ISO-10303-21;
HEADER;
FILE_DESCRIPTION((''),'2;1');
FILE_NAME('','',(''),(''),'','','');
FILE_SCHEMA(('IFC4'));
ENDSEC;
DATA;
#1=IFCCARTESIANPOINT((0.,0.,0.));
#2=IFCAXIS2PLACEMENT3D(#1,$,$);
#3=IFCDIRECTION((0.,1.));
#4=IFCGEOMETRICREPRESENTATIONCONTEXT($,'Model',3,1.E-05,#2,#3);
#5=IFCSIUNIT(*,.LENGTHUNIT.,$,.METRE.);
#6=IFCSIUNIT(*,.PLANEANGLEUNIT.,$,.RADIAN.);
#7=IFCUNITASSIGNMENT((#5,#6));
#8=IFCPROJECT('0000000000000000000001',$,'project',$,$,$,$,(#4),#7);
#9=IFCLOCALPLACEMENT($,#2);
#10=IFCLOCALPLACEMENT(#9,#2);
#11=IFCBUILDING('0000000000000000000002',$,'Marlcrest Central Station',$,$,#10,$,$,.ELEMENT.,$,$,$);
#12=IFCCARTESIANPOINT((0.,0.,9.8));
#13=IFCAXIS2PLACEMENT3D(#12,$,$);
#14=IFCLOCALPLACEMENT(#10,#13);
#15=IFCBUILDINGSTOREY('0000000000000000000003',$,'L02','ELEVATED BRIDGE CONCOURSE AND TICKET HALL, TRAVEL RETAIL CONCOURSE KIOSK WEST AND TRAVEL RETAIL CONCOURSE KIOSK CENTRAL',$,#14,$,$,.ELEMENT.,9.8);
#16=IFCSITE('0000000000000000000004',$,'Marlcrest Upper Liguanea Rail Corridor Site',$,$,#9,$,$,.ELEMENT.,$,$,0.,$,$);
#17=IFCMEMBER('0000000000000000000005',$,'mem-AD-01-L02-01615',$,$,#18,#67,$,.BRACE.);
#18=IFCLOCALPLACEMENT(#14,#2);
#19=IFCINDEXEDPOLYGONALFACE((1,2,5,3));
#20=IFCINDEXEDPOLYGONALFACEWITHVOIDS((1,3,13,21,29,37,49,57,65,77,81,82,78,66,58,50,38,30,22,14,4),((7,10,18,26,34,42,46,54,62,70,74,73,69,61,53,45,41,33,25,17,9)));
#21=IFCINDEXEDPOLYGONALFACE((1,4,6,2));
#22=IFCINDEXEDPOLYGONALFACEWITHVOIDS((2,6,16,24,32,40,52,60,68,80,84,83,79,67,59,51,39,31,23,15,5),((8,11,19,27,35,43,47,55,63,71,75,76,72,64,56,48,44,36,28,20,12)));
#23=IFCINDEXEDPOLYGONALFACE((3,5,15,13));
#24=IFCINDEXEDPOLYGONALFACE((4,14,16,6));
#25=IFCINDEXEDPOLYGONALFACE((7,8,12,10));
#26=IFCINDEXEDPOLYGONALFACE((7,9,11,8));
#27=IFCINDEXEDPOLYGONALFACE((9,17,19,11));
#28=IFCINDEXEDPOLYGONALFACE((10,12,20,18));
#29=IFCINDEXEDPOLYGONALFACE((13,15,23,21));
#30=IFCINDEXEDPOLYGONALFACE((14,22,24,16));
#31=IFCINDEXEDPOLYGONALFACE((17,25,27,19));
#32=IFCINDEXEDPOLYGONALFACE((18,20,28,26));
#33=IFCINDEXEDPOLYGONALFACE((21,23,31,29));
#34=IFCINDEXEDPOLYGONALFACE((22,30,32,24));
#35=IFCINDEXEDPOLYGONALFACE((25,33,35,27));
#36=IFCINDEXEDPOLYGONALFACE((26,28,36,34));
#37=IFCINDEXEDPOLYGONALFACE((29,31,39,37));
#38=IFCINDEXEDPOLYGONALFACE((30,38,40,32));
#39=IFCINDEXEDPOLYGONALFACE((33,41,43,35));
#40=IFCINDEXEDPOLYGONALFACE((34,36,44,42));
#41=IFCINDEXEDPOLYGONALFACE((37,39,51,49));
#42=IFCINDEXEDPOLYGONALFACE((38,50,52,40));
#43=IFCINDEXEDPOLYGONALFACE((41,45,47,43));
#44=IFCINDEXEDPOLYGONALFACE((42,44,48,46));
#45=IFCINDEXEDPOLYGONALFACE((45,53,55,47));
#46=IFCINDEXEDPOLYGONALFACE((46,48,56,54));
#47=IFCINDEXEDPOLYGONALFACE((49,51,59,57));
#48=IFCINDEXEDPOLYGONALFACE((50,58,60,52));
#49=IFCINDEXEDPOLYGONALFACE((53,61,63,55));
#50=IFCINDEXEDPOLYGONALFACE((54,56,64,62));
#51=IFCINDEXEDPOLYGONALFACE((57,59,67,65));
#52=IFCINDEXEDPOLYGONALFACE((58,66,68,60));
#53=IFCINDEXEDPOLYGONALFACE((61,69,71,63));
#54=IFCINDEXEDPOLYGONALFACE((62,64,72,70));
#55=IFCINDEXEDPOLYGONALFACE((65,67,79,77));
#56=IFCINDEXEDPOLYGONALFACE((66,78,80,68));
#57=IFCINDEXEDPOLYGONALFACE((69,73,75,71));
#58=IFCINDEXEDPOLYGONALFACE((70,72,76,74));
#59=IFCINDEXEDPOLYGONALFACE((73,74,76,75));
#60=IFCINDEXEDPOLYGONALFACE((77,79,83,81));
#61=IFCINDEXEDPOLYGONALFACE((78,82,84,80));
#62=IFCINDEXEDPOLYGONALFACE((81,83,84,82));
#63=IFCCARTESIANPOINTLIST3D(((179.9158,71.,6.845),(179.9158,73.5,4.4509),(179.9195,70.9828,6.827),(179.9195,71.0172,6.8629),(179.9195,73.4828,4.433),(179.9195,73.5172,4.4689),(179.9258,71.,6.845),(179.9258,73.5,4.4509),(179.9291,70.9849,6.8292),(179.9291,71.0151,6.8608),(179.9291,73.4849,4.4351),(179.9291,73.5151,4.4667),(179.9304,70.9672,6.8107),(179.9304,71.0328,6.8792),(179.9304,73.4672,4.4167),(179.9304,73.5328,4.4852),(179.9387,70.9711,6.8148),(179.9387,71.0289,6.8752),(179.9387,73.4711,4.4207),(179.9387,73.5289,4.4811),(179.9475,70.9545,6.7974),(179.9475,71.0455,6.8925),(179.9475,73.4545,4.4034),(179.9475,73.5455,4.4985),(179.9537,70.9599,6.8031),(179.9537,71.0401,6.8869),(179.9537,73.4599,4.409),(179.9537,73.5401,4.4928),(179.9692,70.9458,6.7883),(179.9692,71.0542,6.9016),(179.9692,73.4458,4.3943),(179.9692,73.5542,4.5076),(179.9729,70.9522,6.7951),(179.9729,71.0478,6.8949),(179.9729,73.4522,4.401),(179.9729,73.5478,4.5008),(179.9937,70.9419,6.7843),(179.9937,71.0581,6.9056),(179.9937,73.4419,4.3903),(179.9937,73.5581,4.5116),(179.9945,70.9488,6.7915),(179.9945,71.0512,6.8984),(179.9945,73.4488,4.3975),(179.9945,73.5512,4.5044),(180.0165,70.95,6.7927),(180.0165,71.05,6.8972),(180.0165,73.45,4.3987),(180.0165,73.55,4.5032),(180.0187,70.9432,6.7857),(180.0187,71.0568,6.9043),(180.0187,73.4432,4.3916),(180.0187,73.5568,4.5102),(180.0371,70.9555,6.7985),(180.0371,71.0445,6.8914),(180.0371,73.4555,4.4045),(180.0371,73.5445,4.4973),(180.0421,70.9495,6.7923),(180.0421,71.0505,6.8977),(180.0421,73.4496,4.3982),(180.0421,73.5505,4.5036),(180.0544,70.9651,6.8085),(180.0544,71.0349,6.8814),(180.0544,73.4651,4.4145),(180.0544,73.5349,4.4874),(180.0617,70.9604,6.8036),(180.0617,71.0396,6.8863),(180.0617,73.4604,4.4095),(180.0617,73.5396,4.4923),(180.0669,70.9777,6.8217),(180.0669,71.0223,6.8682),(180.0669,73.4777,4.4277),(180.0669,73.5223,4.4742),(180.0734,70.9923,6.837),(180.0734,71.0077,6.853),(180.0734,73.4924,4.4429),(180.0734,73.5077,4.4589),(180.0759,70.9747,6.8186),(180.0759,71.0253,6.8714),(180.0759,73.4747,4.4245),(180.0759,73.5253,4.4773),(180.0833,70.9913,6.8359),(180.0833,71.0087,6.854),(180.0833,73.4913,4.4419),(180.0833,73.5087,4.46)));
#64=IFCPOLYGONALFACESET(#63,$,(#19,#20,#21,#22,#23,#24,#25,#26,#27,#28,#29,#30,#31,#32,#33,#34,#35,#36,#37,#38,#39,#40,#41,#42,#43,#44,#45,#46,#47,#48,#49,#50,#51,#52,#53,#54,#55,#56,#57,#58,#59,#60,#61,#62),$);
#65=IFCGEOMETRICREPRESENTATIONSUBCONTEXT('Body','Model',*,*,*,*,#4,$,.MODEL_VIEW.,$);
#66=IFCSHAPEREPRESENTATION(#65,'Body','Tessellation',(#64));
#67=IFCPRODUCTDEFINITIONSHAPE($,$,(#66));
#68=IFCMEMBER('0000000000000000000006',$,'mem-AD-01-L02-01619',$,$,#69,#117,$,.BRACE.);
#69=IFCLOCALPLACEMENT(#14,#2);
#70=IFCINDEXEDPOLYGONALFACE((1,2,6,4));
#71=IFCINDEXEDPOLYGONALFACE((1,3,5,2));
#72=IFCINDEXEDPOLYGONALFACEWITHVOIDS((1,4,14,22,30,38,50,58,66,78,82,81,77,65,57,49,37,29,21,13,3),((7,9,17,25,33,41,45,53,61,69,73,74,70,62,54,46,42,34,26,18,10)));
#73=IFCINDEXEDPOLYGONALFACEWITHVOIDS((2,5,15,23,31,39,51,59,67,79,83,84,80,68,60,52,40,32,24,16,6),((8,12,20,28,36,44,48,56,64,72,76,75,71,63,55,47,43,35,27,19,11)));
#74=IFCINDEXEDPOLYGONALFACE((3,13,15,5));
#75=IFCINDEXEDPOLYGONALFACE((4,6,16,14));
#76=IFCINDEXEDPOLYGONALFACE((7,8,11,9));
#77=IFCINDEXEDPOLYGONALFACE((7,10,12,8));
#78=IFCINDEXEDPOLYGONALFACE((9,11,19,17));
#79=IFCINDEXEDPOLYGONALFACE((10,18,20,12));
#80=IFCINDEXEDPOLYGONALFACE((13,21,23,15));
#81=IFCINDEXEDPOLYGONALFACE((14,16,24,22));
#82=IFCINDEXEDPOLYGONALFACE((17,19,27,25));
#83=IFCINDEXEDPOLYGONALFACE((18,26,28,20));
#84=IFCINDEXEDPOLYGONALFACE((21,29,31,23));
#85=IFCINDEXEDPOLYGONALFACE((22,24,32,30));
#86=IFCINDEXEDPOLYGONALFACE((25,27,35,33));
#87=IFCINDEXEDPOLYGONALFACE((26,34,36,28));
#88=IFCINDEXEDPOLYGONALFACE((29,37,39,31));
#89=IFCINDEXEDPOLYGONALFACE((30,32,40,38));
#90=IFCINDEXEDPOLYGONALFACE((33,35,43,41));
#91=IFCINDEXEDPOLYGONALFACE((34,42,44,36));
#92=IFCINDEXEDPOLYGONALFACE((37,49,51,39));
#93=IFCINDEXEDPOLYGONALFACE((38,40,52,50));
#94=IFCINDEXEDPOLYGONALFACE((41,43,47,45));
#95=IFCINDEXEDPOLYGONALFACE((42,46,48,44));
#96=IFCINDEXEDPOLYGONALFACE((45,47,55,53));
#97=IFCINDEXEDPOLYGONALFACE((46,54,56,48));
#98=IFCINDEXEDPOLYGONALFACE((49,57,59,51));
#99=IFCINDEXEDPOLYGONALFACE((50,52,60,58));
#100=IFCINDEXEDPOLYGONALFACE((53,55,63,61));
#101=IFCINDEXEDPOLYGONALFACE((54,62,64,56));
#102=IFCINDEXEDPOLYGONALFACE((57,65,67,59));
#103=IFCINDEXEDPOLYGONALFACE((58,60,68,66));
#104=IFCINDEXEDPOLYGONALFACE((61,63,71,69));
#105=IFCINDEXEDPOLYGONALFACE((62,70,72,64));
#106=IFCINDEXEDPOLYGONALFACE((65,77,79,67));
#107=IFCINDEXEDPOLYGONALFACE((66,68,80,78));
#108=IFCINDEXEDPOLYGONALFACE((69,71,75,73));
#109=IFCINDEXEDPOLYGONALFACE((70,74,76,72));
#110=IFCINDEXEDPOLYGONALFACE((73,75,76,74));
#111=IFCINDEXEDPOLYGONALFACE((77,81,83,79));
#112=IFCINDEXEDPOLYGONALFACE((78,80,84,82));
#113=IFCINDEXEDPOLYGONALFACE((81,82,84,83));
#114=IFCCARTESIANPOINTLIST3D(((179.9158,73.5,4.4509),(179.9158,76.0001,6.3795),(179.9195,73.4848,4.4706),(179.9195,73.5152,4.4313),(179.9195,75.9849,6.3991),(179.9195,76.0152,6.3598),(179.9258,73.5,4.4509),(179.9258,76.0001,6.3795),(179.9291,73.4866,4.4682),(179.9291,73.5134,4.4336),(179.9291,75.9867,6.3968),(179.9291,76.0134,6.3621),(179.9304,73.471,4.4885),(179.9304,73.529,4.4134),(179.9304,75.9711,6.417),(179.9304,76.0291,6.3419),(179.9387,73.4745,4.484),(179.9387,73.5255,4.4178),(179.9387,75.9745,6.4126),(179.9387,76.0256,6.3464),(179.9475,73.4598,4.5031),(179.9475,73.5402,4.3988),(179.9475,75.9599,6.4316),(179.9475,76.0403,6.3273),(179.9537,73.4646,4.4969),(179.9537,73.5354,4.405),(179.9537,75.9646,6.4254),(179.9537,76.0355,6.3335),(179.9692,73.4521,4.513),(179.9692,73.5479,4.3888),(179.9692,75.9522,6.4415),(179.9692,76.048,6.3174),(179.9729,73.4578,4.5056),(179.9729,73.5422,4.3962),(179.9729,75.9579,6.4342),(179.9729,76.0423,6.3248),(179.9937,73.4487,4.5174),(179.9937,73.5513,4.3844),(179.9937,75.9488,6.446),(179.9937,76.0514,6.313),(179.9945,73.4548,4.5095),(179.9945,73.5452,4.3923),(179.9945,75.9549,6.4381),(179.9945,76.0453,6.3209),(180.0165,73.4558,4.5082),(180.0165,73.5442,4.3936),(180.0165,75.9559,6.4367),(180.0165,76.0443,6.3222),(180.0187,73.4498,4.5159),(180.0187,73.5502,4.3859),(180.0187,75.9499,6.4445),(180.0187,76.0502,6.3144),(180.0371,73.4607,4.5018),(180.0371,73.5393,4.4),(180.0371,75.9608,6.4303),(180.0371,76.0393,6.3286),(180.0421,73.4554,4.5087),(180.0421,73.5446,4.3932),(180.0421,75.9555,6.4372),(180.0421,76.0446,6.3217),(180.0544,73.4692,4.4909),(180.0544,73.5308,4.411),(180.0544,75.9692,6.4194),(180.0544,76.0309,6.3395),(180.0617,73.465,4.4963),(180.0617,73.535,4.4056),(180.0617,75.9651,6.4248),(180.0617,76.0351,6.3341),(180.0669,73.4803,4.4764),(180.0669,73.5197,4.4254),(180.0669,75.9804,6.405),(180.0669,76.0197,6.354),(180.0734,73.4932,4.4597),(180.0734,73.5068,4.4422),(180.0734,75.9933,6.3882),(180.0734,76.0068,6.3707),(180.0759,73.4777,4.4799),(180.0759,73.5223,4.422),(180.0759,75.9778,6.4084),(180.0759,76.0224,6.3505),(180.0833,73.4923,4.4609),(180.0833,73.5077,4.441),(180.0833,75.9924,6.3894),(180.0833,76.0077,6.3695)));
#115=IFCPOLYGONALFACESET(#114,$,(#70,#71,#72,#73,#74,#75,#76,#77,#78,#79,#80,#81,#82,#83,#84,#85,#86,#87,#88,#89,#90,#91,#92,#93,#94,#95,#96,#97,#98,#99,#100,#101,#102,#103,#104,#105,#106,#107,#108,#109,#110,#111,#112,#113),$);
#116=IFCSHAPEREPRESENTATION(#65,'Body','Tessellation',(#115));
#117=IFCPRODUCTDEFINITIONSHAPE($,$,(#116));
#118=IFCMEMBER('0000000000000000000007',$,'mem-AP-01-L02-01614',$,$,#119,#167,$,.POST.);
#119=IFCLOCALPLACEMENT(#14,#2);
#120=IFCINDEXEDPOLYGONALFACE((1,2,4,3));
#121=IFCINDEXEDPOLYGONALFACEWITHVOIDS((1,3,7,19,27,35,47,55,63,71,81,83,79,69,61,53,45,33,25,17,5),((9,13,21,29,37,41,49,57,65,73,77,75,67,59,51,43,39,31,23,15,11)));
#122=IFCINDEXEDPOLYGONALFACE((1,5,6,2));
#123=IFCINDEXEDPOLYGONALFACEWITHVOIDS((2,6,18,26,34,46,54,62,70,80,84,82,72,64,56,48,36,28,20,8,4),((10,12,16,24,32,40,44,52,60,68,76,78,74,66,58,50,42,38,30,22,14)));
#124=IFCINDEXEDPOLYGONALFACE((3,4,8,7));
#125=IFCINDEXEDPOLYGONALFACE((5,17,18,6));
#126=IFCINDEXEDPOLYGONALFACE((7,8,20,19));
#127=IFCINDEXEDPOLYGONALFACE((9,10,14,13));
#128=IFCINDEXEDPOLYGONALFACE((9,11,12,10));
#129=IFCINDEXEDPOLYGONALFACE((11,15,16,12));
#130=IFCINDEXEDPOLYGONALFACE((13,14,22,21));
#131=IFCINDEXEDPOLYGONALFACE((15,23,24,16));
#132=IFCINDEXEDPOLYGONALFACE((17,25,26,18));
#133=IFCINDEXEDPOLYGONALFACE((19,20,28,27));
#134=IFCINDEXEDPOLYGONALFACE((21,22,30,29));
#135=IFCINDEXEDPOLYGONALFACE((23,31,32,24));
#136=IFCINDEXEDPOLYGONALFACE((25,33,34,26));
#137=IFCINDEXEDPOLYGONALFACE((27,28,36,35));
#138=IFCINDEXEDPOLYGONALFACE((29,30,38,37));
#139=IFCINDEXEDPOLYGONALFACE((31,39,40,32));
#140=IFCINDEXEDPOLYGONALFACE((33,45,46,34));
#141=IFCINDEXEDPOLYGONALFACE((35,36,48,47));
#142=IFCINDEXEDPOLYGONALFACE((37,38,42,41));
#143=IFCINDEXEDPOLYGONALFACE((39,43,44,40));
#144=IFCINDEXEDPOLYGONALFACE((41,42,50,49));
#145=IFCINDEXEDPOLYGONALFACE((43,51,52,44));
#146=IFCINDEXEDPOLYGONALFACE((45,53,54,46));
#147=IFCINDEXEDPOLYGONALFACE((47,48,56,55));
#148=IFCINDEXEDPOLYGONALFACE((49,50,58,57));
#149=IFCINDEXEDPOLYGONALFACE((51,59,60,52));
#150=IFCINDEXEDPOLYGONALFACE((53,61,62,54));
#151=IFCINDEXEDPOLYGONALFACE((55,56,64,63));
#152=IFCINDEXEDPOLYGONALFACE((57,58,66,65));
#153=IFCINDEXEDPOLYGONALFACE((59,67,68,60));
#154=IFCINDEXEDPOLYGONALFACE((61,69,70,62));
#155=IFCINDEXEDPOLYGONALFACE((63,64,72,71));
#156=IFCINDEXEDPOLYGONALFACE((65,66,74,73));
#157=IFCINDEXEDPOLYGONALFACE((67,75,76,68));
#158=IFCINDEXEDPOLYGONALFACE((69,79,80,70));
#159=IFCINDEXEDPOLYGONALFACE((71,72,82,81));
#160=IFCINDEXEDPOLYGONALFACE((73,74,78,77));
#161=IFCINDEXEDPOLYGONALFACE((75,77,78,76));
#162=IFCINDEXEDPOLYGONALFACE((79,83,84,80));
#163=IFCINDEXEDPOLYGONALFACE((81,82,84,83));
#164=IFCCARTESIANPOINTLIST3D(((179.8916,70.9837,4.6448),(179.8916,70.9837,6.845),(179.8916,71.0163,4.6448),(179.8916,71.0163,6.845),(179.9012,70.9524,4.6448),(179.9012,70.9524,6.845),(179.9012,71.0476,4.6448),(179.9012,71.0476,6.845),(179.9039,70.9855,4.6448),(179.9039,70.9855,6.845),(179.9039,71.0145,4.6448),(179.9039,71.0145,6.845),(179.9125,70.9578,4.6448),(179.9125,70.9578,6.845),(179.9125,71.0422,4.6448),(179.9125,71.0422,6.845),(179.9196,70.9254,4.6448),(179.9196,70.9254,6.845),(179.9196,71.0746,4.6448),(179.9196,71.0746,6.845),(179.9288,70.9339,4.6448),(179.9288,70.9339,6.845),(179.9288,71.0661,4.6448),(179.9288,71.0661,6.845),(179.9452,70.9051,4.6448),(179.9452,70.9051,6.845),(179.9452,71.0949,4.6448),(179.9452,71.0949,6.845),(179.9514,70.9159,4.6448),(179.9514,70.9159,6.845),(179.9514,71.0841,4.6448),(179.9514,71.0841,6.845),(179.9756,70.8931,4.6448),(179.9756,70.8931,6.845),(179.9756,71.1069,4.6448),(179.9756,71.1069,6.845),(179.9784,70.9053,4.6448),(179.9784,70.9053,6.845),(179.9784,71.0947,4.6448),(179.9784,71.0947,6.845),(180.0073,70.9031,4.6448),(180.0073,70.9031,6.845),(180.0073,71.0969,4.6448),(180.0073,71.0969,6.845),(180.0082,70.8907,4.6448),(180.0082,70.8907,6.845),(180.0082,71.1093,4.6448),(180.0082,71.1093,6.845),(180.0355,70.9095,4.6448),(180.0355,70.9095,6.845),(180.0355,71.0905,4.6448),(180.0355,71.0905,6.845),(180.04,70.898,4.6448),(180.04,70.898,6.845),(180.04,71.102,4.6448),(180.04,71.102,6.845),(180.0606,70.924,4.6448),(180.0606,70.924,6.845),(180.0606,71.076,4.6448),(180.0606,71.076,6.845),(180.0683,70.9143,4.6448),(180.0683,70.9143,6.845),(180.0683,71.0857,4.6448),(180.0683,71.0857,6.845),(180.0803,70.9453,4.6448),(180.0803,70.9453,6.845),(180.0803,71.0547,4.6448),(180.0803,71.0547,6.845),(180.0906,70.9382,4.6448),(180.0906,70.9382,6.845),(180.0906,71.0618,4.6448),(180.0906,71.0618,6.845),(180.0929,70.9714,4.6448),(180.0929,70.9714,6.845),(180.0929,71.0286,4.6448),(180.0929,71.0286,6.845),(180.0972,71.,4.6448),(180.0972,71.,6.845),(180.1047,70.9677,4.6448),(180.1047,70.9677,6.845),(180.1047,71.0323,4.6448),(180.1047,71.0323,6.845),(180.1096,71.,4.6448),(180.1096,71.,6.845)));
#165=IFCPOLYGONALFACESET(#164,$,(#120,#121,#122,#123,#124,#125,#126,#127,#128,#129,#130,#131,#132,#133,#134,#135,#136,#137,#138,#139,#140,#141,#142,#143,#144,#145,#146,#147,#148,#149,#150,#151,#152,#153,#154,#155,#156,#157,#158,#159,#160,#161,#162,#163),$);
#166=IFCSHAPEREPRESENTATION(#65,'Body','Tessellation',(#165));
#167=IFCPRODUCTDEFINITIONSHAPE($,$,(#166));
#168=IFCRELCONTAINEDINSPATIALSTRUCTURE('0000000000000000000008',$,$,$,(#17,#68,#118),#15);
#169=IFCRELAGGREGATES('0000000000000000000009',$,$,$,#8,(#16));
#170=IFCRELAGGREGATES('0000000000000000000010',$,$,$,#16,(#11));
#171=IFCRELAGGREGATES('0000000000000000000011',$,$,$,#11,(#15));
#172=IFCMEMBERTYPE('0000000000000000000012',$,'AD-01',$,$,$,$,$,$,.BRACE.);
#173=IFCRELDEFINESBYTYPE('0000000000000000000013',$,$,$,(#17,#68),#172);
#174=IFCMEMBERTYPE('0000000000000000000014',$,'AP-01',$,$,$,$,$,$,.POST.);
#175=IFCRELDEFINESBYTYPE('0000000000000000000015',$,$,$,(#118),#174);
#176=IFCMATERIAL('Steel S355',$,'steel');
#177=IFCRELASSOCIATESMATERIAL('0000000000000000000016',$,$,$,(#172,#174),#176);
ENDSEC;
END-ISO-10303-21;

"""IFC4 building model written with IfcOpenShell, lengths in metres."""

from ifc_helpers import new_model, si_unit, direction, frame, origin, origin_2d, place, context, subcontext, project, spatial, hollow_circle, extrude, material, material_profile, profile_set, type_object, element, save


model = new_model("IFC4")

# Units and contexts
model_context = context("Model", 3, precision=1e-05, world=origin(), true_north=direction((0.0, 1.0)))
body_context = subcontext(model_context, "Body", "Model", "MODEL_VIEW")
ifc_project = project(units=[si_unit("LENGTHUNIT", "METRE"), si_unit("PLANEANGLEUNIT", "RADIAN")], contexts=[model_context])

# Site, building, storey
site_placement = place(None, origin())
site = spatial("IfcSite", under=ifc_project, at=site_placement, Name="Marlcrest Upper Liguanea Rail Corridor Site", CompositionType="ELEMENT", RefElevation=0.0)
building_placement = place(site_placement, origin())
building = spatial("IfcBuilding", under=site, at=building_placement, Name="Marlcrest Central Station", CompositionType="ELEMENT")
storey_placement = place(building_placement, frame((0.0, 0.0, 9.8)))
storey = spatial("IfcBuildingStorey", under=building, at=storey_placement, Name="L02", Description="ELEVATED BRIDGE CONCOURSE AND TICKET HALL, TRAVEL RETAIL CONCOURSE KIOSK WEST AND TRAVEL RETAIL CONCOURSE KIOSK CENTRAL", CompositionType="ELEMENT", Elevation=9.8)

# Members
ifc_material = material(Name="Steel S355", Category="steel")
ifc_material_profile_1 = material_profile(ifc_material, hollow_circle(Radius=0.0842, WallThickness=0.01, at=origin_2d()), Name="CHS 168.3x10")
ifc_profile_set_1 = profile_set([ifc_material_profile_1], Name="Steel S355")
member_type_1 = type_object("IfcMemberType", Name="AD-01", PredefinedType="BRACE", material=ifc_profile_set_1)
member_1_placement = place(storey_placement, frame((180.0, 71.0, 6.845), z_axis=(0.0, 0.722247, -0.691636), x_axis=(-1.0, 0.0, 0.0)))
element("IfcMember", 1, at=member_1_placement, inside=storey, type_object=member_type_1, Name="mem-AD-01-L02-01615", PredefinedType="BRACE", context=body_context, shape_type="SweptSolid", body=[
    extrude(hollow_circle(Radius=0.0842, WallThickness=0.01, at=origin_2d()), origin(), (0.0, 0.0, 1.0), 3.4614),
])
member_2_placement = place(storey_placement, frame((180.0, 73.5, 4.4509), z_axis=(0.0, 0.791798, 0.610783), x_axis=(-1.0, 0.0, 0.0)))
element("IfcMember", 2, at=member_2_placement, inside=storey, type_object=member_type_1, Name="mem-AD-01-L02-01619", PredefinedType="BRACE", context=body_context, shape_type="SweptSolid", body=[
    extrude(hollow_circle(Radius=0.0842, WallThickness=0.01, at=origin_2d()), origin(), (0.0, 0.0, 1.0), 3.1575),
])
ifc_material_profile_2 = material_profile(ifc_material, hollow_circle(Radius=0.1096, WallThickness=0.0125, at=origin_2d()), Name="CHS 219.1x12.5")
ifc_profile_set_2 = profile_set([ifc_material_profile_2], Name="Steel S355")
member_type_2 = type_object("IfcMemberType", Name="AP-01", PredefinedType="POST", material=ifc_profile_set_2)
member_3_placement = place(storey_placement, frame((180.0, 71.0, 4.6448), z_axis=(0.0, 0.0, 1.0), x_axis=(1.0, 0.0, 0.0)))
element("IfcMember", 3, at=member_3_placement, inside=storey, type_object=member_type_2, Name="mem-AP-01-L02-01614", PredefinedType="POST", context=body_context, shape_type="SweptSolid", body=[
    extrude(hollow_circle(Radius=0.1096, WallThickness=0.0125, at=origin_2d()), origin(), (0.0, 0.0, 1.0), 2.2002),
])

save(model, "model.ifc")
